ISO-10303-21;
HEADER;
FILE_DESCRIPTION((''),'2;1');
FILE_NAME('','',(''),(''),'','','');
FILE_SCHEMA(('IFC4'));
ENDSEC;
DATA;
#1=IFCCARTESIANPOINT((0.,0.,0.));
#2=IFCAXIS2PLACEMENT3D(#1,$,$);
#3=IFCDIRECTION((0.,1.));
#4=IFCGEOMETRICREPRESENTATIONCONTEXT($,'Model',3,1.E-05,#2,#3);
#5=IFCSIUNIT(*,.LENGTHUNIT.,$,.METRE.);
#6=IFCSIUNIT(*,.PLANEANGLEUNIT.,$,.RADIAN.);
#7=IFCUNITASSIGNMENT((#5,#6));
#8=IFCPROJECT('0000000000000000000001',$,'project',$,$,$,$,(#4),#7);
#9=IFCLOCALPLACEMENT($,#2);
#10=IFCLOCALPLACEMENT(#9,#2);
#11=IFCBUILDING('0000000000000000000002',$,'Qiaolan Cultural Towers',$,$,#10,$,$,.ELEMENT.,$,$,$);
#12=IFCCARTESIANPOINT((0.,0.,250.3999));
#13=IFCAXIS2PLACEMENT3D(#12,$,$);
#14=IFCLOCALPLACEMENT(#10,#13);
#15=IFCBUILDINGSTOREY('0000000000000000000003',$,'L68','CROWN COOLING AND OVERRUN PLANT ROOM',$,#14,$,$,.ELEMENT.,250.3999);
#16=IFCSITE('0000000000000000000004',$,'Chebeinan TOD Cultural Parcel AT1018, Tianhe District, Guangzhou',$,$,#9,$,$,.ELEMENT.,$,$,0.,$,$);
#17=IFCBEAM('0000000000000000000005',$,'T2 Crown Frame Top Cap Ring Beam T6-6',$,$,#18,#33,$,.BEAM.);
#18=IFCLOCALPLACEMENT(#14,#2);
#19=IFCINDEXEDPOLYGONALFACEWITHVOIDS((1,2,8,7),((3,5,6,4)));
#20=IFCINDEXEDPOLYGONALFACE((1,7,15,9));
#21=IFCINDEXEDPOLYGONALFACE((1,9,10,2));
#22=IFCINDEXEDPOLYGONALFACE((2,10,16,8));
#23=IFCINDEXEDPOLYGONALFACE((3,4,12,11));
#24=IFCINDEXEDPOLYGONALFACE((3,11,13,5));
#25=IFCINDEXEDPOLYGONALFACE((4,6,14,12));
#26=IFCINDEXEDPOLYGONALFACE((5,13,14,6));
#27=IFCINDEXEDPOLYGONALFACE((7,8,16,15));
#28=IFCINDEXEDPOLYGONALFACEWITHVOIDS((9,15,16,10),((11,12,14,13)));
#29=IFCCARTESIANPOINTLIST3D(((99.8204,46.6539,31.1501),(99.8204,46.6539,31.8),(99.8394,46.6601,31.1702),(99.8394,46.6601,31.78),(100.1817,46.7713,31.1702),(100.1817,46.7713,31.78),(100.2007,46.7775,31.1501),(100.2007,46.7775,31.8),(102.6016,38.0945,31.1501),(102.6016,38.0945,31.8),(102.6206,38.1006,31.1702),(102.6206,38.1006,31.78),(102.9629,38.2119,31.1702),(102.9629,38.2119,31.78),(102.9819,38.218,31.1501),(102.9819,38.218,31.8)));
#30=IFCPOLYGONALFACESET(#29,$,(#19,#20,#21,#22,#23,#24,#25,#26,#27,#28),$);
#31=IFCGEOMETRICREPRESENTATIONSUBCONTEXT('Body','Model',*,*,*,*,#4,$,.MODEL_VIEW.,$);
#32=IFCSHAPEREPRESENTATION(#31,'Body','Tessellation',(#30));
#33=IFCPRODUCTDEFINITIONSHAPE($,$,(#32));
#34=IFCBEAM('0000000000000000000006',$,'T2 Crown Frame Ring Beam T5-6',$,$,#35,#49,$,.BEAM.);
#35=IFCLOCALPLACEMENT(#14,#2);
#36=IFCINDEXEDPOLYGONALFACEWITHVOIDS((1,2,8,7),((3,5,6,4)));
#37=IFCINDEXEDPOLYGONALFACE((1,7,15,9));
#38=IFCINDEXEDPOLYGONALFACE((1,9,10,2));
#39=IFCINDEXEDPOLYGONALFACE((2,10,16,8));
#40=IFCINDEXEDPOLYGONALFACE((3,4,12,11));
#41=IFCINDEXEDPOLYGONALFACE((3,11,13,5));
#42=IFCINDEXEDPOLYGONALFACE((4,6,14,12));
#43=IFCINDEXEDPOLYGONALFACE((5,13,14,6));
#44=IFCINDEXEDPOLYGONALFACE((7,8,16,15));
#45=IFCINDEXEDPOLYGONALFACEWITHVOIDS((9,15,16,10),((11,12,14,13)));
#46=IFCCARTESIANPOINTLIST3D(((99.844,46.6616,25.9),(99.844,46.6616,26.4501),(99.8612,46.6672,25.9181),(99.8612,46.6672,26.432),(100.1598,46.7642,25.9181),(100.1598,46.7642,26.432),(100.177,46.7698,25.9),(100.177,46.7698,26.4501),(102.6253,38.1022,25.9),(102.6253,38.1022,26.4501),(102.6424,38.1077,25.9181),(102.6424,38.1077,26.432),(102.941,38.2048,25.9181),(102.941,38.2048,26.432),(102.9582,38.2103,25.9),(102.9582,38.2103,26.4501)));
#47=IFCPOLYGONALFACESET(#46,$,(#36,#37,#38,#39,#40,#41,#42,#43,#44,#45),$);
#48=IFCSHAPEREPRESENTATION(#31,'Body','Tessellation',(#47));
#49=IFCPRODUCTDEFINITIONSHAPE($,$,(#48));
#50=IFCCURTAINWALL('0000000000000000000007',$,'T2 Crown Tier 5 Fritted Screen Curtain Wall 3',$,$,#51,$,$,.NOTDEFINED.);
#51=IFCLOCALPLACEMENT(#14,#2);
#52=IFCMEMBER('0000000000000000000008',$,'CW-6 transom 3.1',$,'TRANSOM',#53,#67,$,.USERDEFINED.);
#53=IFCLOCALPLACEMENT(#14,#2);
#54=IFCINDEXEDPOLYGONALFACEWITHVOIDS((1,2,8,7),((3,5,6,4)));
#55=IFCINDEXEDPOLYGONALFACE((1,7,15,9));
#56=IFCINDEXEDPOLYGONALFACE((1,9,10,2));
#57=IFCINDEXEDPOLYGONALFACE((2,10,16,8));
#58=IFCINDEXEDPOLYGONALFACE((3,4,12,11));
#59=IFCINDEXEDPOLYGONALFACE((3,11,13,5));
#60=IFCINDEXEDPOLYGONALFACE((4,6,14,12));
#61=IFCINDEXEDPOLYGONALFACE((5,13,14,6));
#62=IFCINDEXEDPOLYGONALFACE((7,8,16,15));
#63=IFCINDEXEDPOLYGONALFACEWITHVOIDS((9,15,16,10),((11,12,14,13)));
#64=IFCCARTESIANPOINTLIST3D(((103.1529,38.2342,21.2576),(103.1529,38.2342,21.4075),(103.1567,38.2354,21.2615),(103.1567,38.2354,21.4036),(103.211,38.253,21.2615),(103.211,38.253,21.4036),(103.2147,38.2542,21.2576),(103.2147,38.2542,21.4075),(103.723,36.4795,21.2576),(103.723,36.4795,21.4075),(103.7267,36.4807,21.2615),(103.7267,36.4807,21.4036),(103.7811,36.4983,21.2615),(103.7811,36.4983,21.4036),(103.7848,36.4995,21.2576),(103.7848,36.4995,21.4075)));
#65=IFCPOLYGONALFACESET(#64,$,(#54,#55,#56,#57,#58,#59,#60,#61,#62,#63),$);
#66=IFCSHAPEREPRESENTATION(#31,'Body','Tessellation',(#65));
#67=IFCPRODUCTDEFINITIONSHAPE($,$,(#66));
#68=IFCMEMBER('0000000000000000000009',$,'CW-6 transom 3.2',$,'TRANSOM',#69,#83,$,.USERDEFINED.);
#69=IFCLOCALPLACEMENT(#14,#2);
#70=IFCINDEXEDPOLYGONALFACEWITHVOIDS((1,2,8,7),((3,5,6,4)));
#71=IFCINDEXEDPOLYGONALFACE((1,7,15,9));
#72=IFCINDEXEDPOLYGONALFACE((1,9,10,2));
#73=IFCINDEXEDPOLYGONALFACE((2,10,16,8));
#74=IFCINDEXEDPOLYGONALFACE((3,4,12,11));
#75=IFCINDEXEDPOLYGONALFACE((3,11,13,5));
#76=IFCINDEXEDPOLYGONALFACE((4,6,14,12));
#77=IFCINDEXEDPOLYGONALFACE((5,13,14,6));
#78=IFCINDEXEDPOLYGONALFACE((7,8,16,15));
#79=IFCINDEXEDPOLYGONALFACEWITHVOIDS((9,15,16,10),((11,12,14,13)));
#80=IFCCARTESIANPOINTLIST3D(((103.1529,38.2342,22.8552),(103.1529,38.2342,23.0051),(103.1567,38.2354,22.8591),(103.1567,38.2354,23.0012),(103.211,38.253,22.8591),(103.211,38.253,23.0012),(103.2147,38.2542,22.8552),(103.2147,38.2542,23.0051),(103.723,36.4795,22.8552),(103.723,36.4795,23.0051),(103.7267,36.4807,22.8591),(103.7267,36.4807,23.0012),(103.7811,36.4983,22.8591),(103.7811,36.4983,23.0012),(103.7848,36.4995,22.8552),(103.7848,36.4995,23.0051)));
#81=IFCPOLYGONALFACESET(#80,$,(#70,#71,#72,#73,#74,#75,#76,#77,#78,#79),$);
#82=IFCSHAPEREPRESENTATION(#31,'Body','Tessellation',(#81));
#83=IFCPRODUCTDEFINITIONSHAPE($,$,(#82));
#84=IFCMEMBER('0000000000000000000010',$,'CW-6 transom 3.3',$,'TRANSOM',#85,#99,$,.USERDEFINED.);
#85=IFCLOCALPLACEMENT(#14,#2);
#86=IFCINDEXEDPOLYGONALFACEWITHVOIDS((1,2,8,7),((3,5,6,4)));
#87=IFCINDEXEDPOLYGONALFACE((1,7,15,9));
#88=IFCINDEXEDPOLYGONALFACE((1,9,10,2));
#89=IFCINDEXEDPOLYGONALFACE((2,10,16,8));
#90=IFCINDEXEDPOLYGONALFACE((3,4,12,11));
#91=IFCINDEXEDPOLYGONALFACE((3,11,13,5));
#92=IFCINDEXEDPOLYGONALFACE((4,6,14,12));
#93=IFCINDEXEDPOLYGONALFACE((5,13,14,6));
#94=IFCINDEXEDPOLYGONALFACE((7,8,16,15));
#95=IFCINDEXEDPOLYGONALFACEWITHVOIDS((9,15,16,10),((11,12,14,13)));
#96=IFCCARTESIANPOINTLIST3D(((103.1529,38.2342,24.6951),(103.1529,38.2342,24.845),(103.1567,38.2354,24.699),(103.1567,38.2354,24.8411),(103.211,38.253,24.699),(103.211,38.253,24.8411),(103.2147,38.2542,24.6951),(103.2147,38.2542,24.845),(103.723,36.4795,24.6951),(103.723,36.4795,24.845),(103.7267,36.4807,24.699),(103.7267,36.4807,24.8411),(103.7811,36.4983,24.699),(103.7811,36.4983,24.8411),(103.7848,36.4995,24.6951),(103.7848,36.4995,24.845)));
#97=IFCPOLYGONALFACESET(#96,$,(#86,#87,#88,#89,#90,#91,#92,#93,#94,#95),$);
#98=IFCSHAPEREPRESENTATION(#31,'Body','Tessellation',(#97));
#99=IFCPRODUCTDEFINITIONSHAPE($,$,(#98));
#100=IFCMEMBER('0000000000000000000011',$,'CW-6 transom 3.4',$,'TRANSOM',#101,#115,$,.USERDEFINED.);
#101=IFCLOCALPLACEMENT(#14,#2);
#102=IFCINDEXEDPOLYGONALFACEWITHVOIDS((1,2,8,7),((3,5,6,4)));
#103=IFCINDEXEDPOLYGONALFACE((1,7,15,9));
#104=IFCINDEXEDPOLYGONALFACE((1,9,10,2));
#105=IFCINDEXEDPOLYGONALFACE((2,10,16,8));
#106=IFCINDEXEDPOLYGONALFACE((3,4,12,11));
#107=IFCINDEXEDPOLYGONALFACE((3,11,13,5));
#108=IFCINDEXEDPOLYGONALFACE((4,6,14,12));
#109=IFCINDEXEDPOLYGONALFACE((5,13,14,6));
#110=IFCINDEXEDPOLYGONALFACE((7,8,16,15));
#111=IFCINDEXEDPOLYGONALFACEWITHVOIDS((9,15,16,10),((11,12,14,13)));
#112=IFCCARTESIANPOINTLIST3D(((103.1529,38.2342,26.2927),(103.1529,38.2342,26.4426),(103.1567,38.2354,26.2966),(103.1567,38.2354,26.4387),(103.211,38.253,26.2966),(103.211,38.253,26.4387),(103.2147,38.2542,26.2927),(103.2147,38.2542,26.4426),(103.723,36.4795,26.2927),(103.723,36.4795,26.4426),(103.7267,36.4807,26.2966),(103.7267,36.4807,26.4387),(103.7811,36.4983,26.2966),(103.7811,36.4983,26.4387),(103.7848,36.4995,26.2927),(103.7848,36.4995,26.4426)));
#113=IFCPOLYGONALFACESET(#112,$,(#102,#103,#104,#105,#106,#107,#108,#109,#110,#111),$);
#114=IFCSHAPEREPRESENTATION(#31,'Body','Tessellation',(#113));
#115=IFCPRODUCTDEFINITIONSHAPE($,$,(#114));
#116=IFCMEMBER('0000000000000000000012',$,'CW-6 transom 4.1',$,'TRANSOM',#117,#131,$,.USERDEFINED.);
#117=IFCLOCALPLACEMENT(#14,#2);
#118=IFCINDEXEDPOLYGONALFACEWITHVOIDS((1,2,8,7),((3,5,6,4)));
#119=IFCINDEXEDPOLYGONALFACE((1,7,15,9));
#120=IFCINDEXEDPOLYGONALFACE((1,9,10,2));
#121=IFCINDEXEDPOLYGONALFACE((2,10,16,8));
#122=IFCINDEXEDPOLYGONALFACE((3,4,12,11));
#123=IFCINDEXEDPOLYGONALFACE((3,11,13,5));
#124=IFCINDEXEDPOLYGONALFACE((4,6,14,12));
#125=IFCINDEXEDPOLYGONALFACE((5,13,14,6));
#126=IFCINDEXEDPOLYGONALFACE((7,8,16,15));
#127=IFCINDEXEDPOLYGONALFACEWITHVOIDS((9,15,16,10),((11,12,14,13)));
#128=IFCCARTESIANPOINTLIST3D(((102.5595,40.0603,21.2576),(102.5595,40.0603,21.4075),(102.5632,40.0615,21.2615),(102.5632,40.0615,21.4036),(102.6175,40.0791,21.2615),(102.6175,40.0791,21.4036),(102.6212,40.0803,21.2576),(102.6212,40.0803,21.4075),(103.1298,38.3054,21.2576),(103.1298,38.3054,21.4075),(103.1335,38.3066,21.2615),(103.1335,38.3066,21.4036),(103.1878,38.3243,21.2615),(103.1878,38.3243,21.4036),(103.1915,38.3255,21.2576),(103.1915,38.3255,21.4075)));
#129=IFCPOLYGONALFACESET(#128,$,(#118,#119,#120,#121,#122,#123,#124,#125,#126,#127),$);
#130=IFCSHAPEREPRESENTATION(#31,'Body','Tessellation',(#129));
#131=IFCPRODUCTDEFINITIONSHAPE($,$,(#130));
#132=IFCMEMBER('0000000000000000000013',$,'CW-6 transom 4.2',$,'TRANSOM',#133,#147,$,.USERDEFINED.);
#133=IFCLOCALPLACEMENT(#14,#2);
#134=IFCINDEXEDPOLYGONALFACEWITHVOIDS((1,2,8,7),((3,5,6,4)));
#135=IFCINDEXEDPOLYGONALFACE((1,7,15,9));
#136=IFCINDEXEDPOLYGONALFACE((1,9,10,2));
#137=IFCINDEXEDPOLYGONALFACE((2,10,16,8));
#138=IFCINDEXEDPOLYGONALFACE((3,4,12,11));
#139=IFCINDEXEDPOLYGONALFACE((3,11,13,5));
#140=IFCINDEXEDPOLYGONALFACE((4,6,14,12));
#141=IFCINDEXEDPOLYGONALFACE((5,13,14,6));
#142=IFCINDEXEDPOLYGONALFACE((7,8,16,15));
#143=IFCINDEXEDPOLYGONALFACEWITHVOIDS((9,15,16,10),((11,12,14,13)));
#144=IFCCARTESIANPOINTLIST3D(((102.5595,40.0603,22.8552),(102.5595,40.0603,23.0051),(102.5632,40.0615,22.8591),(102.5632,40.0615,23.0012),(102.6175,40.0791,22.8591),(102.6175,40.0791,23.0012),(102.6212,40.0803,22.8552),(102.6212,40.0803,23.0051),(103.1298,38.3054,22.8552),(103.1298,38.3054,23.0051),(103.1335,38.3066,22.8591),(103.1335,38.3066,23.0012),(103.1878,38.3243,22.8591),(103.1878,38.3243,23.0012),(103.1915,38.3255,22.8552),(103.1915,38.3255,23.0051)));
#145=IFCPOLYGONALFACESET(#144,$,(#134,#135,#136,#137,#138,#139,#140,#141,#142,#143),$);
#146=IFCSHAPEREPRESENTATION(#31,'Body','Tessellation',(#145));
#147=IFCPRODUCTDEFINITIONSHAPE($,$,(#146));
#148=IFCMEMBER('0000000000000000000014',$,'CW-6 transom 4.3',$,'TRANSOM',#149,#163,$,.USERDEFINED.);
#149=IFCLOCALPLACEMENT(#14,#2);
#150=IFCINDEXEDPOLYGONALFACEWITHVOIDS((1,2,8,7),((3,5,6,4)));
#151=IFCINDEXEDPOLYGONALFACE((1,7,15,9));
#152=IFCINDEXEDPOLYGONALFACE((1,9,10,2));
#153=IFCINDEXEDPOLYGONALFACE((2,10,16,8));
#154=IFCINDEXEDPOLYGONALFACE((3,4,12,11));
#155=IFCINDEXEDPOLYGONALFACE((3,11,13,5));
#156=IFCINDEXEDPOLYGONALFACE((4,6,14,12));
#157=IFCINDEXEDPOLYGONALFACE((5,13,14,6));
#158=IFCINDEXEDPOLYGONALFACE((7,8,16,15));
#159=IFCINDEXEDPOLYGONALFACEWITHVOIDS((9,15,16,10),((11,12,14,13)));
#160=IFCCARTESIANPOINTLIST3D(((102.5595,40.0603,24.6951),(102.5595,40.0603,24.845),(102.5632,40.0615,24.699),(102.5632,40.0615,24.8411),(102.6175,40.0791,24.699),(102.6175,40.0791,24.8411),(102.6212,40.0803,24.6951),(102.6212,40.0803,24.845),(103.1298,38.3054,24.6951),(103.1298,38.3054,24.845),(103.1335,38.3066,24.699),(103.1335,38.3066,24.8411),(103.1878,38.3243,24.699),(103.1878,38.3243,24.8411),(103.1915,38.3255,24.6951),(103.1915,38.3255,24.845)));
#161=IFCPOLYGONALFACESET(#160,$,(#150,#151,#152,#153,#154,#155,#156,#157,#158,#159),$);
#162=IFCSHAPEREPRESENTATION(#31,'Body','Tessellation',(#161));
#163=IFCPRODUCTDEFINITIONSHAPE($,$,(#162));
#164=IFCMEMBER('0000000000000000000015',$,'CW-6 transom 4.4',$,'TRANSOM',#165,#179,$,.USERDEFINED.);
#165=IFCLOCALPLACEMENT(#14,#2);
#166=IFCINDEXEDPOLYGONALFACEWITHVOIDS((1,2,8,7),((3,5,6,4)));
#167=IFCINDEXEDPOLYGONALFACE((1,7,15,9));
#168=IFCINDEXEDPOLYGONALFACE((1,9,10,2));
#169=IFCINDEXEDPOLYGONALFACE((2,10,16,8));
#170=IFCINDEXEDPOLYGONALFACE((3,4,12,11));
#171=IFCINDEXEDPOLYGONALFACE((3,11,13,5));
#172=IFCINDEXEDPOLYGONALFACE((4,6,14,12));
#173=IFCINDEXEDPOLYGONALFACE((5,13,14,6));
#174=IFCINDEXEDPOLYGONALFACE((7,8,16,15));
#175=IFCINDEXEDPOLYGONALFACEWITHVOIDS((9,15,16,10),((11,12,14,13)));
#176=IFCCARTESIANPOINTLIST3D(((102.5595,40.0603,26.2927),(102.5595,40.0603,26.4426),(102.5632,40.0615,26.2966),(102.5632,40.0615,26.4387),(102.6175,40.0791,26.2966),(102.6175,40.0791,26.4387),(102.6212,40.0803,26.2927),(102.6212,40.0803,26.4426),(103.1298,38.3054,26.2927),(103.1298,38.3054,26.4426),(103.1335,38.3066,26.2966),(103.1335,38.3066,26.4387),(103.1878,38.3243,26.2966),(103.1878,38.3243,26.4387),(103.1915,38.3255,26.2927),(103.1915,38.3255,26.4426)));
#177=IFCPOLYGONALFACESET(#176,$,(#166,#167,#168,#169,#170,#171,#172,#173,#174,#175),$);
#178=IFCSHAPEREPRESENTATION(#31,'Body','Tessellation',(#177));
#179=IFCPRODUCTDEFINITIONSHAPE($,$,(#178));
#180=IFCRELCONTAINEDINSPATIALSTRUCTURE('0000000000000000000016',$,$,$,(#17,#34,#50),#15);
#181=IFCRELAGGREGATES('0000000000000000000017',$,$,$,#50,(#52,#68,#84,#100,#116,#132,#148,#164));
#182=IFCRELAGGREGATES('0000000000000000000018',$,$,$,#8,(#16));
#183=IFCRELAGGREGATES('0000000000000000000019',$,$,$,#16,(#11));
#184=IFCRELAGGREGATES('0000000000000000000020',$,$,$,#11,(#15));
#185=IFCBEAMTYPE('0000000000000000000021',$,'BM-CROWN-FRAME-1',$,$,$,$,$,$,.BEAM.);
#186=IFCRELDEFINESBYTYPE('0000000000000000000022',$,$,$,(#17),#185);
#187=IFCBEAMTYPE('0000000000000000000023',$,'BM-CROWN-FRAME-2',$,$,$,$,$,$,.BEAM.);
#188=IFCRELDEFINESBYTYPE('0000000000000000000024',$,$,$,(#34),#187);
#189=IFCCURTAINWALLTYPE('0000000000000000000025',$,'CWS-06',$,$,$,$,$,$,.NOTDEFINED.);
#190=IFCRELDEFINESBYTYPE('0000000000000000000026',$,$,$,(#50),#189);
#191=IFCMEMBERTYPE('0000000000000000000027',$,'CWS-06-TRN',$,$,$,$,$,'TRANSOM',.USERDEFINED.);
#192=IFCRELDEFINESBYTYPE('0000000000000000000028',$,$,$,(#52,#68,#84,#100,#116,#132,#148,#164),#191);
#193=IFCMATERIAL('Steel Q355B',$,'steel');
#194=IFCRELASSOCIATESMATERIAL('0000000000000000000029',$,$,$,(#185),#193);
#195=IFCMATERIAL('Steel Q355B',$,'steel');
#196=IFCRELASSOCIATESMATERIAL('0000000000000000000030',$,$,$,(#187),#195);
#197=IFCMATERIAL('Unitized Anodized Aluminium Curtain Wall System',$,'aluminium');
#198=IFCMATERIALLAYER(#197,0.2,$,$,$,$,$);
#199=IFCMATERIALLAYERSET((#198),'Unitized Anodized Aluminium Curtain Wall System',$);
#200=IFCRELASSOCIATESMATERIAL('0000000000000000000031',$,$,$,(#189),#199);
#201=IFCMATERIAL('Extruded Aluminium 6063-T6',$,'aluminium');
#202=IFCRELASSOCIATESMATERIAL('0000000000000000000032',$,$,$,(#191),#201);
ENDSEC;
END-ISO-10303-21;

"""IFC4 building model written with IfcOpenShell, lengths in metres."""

from ifc_helpers import new_model, si_unit, direction, frame, origin, origin_2d, place, context, subcontext, project, spatial, hollow_rectangle, extrude, material, layer, layer_set, material_profile, profile_set, type_object, element, aggregate, save


model = new_model("IFC4")

# Units and contexts
model_context = context("Model", 3, precision=1e-05, world=origin(), true_north=direction((0.0, 1.0)))
body_context = subcontext(model_context, "Body", "Model", "MODEL_VIEW")
ifc_project = project(units=[si_unit("LENGTHUNIT", "METRE"), si_unit("PLANEANGLEUNIT", "RADIAN")], contexts=[model_context])

# Site, building, storey
site_placement = place(None, origin())
site = spatial("IfcSite", under=ifc_project, at=site_placement, Name="Chebeinan TOD Cultural Parcel AT1018, Tianhe District, Guangzhou", CompositionType="ELEMENT", RefElevation=0.0)
building_placement = place(site_placement, origin())
building = spatial("IfcBuilding", under=site, at=building_placement, Name="Qiaolan Cultural Towers", CompositionType="ELEMENT")
storey_placement = place(building_placement, frame((0.0, 0.0, 250.3999)))
storey = spatial("IfcBuildingStorey", under=building, at=storey_placement, Name="L68", Description="CROWN COOLING AND OVERRUN PLANT ROOM", CompositionType="ELEMENT", Elevation=250.3999)

# Beams
ifc_material_1 = material(Name="Steel Q355B", Category="steel")
ifc_material_profile_1 = material_profile(ifc_material_1, hollow_rectangle(XDim=0.3999, YDim=0.6499, WallThickness=0.02, at=origin_2d()), Name="BOX650x400x20")
ifc_profile_set_1 = profile_set([ifc_material_profile_1], Name="Steel Q355B")
beam_type_1 = type_object("IfcBeamType", Name="BM-CROWN-FRAME-1", PredefinedType="BEAM", material=ifc_profile_set_1)
beam_1_placement = place(storey_placement, frame((102.7917, 38.1562, 31.4751), z_axis=(-0.309025, 0.951054, 0.0), x_axis=(-0.951054, -0.309025, 0.0)))
element("IfcBeam", 1, at=beam_1_placement, inside=storey, type_object=beam_type_1, Name="T2 Crown Frame Top Cap Ring Beam T6-6", PredefinedType="BEAM", context=body_context, shape_type="SweptSolid", body=[
    extrude(hollow_rectangle(XDim=0.3999, YDim=0.6499, WallThickness=0.02, at=origin_2d()), origin(), (0.0, 0.0, 1.0), 9.0),
])
ifc_material_2 = material(Name="Steel Q355B", Category="steel")
ifc_material_profile_2 = material_profile(ifc_material_2, hollow_rectangle(XDim=0.3501, YDim=0.55, WallThickness=0.0181, at=origin_2d()), Name="BOX550x350x18")
ifc_profile_set_2 = profile_set([ifc_material_profile_2], Name="Steel Q355B")
beam_type_2 = type_object("IfcBeamType", Name="BM-CROWN-FRAME-2", PredefinedType="BEAM", material=ifc_profile_set_2)
beam_2_placement = place(storey_placement, frame((102.7917, 38.1562, 26.175), z_axis=(-0.309025, 0.951054, 0.0), x_axis=(-0.951054, -0.309025, 0.0)))
element("IfcBeam", 2, at=beam_2_placement, inside=storey, type_object=beam_type_2, Name="T2 Crown Frame Ring Beam T5-6", PredefinedType="BEAM", context=body_context, shape_type="SweptSolid", body=[
    extrude(hollow_rectangle(XDim=0.3501, YDim=0.55, WallThickness=0.0181, at=origin_2d()), origin(), (0.0, 0.0, 1.0), 9.0),
])

# Curtain wall, members
ifc_material_3 = material(Name="Unitized Anodized Aluminium Curtain Wall System", Category="aluminium")
ifc_layer_1 = layer(ifc_material_3, 0.2)
ifc_layer_set_1 = layer_set([ifc_layer_1], Name="Unitized Anodized Aluminium Curtain Wall System")
curtain_wall_type = type_object("IfcCurtainWallType", Name="CWS-06", PredefinedType="NOTDEFINED", material=ifc_layer_set_1)
curtain_wall_placement = place(storey_placement, origin())
curtain_wall = element("IfcCurtainWall", 3, at=curtain_wall_placement, inside=storey, type_object=curtain_wall_type, Name="T2 Crown Tier 5 Fritted Screen Curtain Wall 3", PredefinedType="NOTDEFINED")
ifc_material_4 = material(Name="Extruded Aluminium 6063-T6", Category="aluminium")
ifc_material_profile_3 = material_profile(ifc_material_4, hollow_rectangle(XDim=0.0649, YDim=0.1499, WallThickness=0.0039, at=origin_2d()), Name="CWT-150x65x4")
ifc_profile_set_3 = profile_set([ifc_material_profile_3], Name="Extruded Aluminium 6063-T6")
member_type = type_object("IfcMemberType", Name="CWS-06-TRN", ElementType="TRANSOM", PredefinedType="USERDEFINED", material=ifc_profile_set_3)
member_1_placement = place(storey_placement, frame((103.7539, 36.4895, 21.3325), z_axis=(-0.308993, 0.951064, 0.0), x_axis=(-0.951064, -0.308993, 0.0)))
member_1 = element("IfcMember", 4, at=member_1_placement, type_object=member_type, Name="CW-6 transom 3.1", ObjectType="TRANSOM", PredefinedType="USERDEFINED", context=body_context, shape_type="SweptSolid", body=[
    extrude(hollow_rectangle(XDim=0.0649, YDim=0.1499, WallThickness=0.0039, at=origin_2d()), origin(), (0.0, 0.0, 1.0), 1.845),
])
member_2_placement = place(storey_placement, frame((103.7539, 36.4895, 22.9302), z_axis=(-0.308993, 0.951064, 0.0), x_axis=(-0.951064, -0.308993, 0.0)))
member_2 = element("IfcMember", 5, at=member_2_placement, type_object=member_type, Name="CW-6 transom 3.2", ObjectType="TRANSOM", PredefinedType="USERDEFINED", context=body_context, shape_type="SweptSolid", body=[
    extrude(hollow_rectangle(XDim=0.0649, YDim=0.1499, WallThickness=0.0039, at=origin_2d()), origin(), (0.0, 0.0, 1.0), 1.845),
])
member_3_placement = place(storey_placement, frame((103.7539, 36.4895, 24.77), z_axis=(-0.308993, 0.951064, 0.0), x_axis=(-0.951064, -0.308993, 0.0)))
member_3 = element("IfcMember", 6, at=member_3_placement, type_object=member_type, Name="CW-6 transom 3.3", ObjectType="TRANSOM", PredefinedType="USERDEFINED", context=body_context, shape_type="SweptSolid", body=[
    extrude(hollow_rectangle(XDim=0.0649, YDim=0.1499, WallThickness=0.0039, at=origin_2d()), origin(), (0.0, 0.0, 1.0), 1.845),
])
member_4_placement = place(storey_placement, frame((103.7539, 36.4895, 26.3677), z_axis=(-0.308993, 0.951064, 0.0), x_axis=(-0.951064, -0.308993, 0.0)))
member_4 = element("IfcMember", 7, at=member_4_placement, type_object=member_type, Name="CW-6 transom 3.4", ObjectType="TRANSOM", PredefinedType="USERDEFINED", context=body_context, shape_type="SweptSolid", body=[
    extrude(hollow_rectangle(XDim=0.0649, YDim=0.1499, WallThickness=0.0039, at=origin_2d()), origin(), (0.0, 0.0, 1.0), 1.845),
])
member_5_placement = place(storey_placement, frame((103.1606, 38.3154, 21.3325), z_axis=(-0.309074, 0.951038, 0.0), x_axis=(-0.951038, -0.309074, 0.0)))
member_5 = element("IfcMember", 8, at=member_5_placement, type_object=member_type, Name="CW-6 transom 4.1", ObjectType="TRANSOM", PredefinedType="USERDEFINED", context=body_context, shape_type="SweptSolid", body=[
    extrude(hollow_rectangle(XDim=0.0649, YDim=0.1499, WallThickness=0.0039, at=origin_2d()), origin(), (0.0, 0.0, 1.0), 1.8452),
])
member_6_placement = place(storey_placement, frame((103.1606, 38.3154, 22.9302), z_axis=(-0.309074, 0.951038, 0.0), x_axis=(-0.951038, -0.309074, 0.0)))
member_6 = element("IfcMember", 9, at=member_6_placement, type_object=member_type, Name="CW-6 transom 4.2", ObjectType="TRANSOM", PredefinedType="USERDEFINED", context=body_context, shape_type="SweptSolid", body=[
    extrude(hollow_rectangle(XDim=0.0649, YDim=0.1499, WallThickness=0.0039, at=origin_2d()), origin(), (0.0, 0.0, 1.0), 1.8452),
])
member_7_placement = place(storey_placement, frame((103.1606, 38.3154, 24.77), z_axis=(-0.309074, 0.951038, 0.0), x_axis=(-0.951038, -0.309074, 0.0)))
member_7 = element("IfcMember", 10, at=member_7_placement, type_object=member_type, Name="CW-6 transom 4.3", ObjectType="TRANSOM", PredefinedType="USERDEFINED", context=body_context, shape_type="SweptSolid", body=[
    extrude(hollow_rectangle(XDim=0.0649, YDim=0.1499, WallThickness=0.0039, at=origin_2d()), origin(), (0.0, 0.0, 1.0), 1.8452),
])
member_8_placement = place(storey_placement, frame((103.1606, 38.3154, 26.3677), z_axis=(-0.309074, 0.951038, 0.0), x_axis=(-0.951038, -0.309074, 0.0)))
member_8 = element("IfcMember", 11, at=member_8_placement, type_object=member_type, Name="CW-6 transom 4.4", ObjectType="TRANSOM", PredefinedType="USERDEFINED", context=body_context, shape_type="SweptSolid", body=[
    extrude(hollow_rectangle(XDim=0.0649, YDim=0.1499, WallThickness=0.0039, at=origin_2d()), origin(), (0.0, 0.0, 1.0), 1.8452),
])
aggregate(curtain_wall, [member_1, member_2, member_3, member_4, member_5, member_6, member_7, member_8])

save(model, "model.ifc")
